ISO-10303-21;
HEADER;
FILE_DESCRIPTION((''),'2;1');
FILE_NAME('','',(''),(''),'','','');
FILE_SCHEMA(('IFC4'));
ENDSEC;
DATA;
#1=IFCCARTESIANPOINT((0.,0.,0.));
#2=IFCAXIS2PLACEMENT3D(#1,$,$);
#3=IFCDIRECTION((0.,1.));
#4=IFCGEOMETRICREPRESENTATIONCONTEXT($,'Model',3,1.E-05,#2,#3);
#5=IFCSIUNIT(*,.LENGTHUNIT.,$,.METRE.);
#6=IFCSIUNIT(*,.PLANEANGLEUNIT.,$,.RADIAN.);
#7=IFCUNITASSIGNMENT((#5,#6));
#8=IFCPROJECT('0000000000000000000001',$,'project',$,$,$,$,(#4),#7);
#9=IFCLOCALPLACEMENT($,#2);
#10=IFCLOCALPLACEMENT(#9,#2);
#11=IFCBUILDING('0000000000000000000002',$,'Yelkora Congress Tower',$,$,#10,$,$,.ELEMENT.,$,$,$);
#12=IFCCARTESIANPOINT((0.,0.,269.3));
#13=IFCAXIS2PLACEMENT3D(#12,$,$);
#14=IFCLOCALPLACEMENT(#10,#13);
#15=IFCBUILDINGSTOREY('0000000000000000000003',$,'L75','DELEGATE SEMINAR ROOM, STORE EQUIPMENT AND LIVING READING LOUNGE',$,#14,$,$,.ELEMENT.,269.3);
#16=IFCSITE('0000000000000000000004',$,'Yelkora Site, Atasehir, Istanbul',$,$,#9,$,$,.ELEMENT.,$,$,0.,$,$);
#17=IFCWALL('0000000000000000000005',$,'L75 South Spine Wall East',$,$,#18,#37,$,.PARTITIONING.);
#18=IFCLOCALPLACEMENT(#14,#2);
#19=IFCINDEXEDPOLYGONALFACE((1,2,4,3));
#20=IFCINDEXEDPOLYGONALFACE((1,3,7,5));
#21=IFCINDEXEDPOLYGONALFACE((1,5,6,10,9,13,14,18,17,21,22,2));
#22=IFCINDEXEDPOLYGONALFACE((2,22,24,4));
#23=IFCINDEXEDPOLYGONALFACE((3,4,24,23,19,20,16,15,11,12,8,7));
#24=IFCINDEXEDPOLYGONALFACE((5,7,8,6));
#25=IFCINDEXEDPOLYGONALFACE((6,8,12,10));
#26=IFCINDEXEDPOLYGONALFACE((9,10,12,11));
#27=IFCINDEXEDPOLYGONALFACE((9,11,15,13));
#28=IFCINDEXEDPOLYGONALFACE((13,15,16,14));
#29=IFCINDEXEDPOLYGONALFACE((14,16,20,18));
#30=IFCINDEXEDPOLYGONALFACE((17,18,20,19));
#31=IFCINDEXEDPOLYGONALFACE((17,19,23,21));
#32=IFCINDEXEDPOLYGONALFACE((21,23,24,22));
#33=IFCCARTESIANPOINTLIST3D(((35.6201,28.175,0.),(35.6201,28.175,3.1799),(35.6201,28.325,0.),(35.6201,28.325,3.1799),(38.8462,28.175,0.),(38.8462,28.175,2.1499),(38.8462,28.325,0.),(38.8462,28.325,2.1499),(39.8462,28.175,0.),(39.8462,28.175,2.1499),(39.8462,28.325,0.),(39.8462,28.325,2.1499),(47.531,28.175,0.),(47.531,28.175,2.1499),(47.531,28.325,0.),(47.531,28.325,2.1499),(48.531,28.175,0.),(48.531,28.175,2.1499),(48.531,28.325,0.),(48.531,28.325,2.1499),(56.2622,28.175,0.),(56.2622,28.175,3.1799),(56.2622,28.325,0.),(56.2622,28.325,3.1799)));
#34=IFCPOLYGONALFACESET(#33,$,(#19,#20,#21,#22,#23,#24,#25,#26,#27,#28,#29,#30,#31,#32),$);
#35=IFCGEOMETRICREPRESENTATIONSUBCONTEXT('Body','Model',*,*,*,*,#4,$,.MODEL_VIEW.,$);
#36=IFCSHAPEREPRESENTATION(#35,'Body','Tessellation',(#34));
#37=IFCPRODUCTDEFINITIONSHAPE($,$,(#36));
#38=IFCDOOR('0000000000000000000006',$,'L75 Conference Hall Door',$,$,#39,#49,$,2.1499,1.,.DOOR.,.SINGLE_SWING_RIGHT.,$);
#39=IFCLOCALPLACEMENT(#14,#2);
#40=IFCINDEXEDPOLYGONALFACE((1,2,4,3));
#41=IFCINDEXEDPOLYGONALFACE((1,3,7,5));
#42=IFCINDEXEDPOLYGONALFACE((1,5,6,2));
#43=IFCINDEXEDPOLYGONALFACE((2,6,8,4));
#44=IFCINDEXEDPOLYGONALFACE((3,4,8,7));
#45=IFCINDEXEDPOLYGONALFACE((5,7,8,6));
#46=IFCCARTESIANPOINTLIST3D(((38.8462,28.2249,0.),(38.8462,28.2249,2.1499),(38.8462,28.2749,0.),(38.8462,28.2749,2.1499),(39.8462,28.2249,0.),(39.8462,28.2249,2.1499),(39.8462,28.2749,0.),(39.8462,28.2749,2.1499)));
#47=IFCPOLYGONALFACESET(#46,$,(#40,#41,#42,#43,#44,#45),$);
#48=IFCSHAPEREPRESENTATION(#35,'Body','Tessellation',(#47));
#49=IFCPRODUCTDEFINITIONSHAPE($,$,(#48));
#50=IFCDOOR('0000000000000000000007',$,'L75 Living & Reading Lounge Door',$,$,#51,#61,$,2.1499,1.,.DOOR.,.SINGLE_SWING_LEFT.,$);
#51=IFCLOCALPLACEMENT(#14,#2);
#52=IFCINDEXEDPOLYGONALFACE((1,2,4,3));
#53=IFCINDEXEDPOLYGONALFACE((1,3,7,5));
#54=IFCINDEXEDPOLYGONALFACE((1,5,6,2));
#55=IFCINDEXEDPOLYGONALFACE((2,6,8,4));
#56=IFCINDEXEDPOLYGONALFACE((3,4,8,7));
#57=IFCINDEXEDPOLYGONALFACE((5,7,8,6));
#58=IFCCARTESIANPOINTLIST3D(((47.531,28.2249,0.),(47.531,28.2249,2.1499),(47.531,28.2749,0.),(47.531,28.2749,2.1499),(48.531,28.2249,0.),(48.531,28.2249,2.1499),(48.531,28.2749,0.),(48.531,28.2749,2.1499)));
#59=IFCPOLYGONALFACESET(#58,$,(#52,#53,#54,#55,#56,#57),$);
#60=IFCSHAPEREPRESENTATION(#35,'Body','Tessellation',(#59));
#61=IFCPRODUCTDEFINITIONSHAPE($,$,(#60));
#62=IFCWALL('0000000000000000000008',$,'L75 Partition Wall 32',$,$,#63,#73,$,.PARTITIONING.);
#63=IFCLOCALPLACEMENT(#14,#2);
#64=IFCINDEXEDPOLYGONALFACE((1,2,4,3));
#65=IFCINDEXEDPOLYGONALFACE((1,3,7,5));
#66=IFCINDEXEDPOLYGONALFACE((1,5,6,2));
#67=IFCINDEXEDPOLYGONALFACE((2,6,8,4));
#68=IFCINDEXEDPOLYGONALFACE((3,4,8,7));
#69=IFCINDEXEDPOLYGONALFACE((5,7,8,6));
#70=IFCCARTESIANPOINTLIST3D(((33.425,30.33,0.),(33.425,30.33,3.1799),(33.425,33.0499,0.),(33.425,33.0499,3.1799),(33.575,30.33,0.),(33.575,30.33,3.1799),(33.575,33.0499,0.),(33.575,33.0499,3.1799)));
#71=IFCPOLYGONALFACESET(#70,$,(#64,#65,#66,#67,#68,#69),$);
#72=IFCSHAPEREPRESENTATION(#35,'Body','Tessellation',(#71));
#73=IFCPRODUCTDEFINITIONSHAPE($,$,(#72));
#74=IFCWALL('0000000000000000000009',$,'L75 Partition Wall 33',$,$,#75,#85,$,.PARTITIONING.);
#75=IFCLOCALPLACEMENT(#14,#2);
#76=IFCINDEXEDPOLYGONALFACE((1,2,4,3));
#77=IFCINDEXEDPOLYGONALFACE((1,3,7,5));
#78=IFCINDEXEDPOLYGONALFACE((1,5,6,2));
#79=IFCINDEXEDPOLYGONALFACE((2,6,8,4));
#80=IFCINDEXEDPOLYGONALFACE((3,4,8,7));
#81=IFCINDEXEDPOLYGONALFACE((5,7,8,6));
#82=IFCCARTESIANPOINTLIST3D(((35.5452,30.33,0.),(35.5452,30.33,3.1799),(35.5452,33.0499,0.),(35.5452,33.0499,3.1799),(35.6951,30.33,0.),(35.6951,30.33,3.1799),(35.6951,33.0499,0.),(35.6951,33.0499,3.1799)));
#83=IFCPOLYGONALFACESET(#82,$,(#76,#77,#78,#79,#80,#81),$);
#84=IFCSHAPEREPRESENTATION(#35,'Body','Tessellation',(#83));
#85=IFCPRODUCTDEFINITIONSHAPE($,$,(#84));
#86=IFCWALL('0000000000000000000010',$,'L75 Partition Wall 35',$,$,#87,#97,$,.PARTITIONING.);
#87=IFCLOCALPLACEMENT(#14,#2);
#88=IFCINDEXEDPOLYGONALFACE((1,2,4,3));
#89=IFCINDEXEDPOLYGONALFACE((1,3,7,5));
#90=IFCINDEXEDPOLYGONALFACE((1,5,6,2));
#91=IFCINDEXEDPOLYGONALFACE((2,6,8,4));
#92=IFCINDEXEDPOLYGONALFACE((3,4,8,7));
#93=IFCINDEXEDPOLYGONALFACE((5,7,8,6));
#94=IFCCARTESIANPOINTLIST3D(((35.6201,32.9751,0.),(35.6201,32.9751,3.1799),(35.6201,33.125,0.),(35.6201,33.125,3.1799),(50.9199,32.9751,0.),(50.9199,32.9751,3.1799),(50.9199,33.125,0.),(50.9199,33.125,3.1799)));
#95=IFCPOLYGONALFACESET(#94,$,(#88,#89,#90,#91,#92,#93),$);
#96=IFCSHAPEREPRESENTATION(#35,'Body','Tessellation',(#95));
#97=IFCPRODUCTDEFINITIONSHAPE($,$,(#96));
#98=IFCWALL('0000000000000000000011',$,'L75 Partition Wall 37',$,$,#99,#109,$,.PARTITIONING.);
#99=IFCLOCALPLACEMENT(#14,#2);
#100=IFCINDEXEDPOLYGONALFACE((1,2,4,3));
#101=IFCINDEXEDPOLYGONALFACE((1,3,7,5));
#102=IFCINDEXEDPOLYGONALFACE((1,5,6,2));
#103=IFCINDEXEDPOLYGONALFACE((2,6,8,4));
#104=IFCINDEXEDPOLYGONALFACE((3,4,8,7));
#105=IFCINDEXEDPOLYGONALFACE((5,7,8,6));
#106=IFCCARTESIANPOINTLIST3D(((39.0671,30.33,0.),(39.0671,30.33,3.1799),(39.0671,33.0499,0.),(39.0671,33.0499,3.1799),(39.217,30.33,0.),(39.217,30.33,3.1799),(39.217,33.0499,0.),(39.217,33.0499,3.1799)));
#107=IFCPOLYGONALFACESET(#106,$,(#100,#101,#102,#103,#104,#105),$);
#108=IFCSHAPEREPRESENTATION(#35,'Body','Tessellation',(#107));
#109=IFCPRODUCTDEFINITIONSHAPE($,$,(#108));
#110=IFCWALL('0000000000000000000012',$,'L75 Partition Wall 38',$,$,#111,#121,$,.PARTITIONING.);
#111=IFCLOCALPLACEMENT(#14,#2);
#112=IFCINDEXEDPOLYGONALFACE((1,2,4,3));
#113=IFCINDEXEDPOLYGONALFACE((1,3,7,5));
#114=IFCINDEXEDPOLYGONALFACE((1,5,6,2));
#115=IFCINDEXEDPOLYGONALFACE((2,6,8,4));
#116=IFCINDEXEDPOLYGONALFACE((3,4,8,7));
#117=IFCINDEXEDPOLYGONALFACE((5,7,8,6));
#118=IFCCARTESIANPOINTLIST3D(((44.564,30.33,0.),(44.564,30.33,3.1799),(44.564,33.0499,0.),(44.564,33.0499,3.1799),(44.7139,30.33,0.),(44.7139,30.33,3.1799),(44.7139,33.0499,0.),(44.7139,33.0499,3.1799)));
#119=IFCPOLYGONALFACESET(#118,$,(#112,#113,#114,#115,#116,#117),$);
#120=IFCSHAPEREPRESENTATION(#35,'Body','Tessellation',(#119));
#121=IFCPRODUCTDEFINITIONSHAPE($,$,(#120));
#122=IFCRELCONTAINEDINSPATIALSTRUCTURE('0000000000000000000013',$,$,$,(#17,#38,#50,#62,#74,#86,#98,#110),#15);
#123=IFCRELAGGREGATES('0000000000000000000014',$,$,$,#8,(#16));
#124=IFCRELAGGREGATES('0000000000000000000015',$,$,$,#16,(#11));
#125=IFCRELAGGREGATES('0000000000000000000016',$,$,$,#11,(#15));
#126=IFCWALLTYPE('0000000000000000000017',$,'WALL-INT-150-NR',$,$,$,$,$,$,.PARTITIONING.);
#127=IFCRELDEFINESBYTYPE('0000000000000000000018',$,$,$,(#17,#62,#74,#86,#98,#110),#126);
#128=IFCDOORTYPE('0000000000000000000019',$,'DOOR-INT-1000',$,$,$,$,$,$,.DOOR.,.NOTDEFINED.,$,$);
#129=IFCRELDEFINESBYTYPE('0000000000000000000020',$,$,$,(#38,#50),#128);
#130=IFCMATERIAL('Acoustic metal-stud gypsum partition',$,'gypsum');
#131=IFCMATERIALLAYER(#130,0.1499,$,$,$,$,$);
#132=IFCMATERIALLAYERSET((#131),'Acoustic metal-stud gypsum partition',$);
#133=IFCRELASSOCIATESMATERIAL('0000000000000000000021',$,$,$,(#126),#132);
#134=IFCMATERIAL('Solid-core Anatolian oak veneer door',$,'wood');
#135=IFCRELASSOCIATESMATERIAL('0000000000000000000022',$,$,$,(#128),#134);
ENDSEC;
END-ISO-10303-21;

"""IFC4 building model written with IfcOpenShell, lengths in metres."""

from ifc_helpers import new_model, si_unit, direction, frame, frame_2d, origin, place, context, subcontext, project, spatial, rectangle, extrude, material, layer, layer_set, type_object, element, fill, save


model = new_model("IFC4")

# Units and contexts
model_context = context("Model", 3, precision=1e-05, world=origin(), true_north=direction((0.0, 1.0)))
body_context = subcontext(model_context, "Body", "Model", "MODEL_VIEW")
ifc_project = project(units=[si_unit("LENGTHUNIT", "METRE"), si_unit("PLANEANGLEUNIT", "RADIAN")], contexts=[model_context])

# Site, building, storey
site_placement = place(None, origin())
site = spatial("IfcSite", under=ifc_project, at=site_placement, Name="Yelkora Site, Atasehir, Istanbul", CompositionType="ELEMENT", RefElevation=0.0)
building_placement = place(site_placement, origin())
building = spatial("IfcBuilding", under=site, at=building_placement, Name="Yelkora Congress Tower", CompositionType="ELEMENT")
storey_placement = place(building_placement, frame((0.0, 0.0, 269.3)))
storey = spatial("IfcBuildingStorey", under=building, at=storey_placement, Name="L75", Description="DELEGATE SEMINAR ROOM, STORE EQUIPMENT AND LIVING READING LOUNGE", CompositionType="ELEMENT", Elevation=269.3)

# Wall, openings, doors
ifc_material_1 = material(Name="Acoustic metal-stud gypsum partition", Category="gypsum")
ifc_layer_1 = layer(ifc_material_1, 0.1499)
ifc_layer_set_1 = layer_set([ifc_layer_1], Name="Acoustic metal-stud gypsum partition")
wall_type_1 = type_object("IfcWallType", Name="WALL-INT-150-NR", PredefinedType="PARTITIONING", material=ifc_layer_set_1)
wall_1_placement = place(storey_placement, frame((35.6201, 28.25, 0.0), z_axis=(0.0, 0.0, 1.0), x_axis=(1.0, 0.0, 0.0)))
wall_1 = element("IfcWall", 1, at=wall_1_placement, inside=storey, type_object=wall_type_1, Name="L75 South Spine Wall East", PredefinedType="PARTITIONING", context=body_context, shape_type="SweptSolid", body=[
    extrude(rectangle(XDim=20.6421, YDim=0.1499, at=frame_2d((10.321, 0.0))), origin(), (0.0, 0.0, 1.0), 3.1799),
])
opening_1_placement = place(wall_1_placement, frame((3.2261, 0.0, 0.0)))
opening_1 = element("IfcOpeningElement", 2, at=opening_1_placement, cuts=wall_1, PredefinedType="OPENING", context=body_context, shape_type="SweptSolid", body=[
    extrude(rectangle(XDim=1.0, YDim=2.1499, at=frame_2d((0.5, 1.075))), frame((0.0, 0.085, 0.0), z_axis=(0.0, -1.0, 0.0), x_axis=(1.0, 0.0, 0.0)), (0.0, 0.0, 1.0), 0.1699),
])
opening_2_placement = place(wall_1_placement, frame((11.9109, 0.0, 0.0)))
opening_2 = element("IfcOpeningElement", 3, at=opening_2_placement, cuts=wall_1, PredefinedType="OPENING", context=body_context, shape_type="SweptSolid", body=[
    extrude(rectangle(XDim=1.0, YDim=2.1499, at=frame_2d((0.5, 1.075))), frame((0.0, 0.085, 0.0), z_axis=(0.0, -1.0, 0.0), x_axis=(1.0, 0.0, 0.0)), (0.0, 0.0, 1.0), 0.1699),
])
ifc_material_2 = material(Name="Solid-core Anatolian oak veneer door", Category="wood")
door_type_1 = type_object("IfcDoorType", Name="DOOR-INT-1000", OperationType="NOTDEFINED", PredefinedType="DOOR", material=ifc_material_2)
door_1_placement = place(opening_1_placement, origin())
door_1 = element("IfcDoor", 4, at=door_1_placement, inside=storey, type_object=door_type_1, Name="L75 Conference Hall Door", OperationType="SINGLE_SWING_RIGHT", OverallHeight=2.1499, OverallWidth=1.0, PredefinedType="DOOR", context=body_context, shape_type="SweptSolid", body=[
    extrude(rectangle(XDim=1.0, YDim=2.1499, at=frame_2d((0.5, 1.075))), frame((0.0, 0.0249, 0.0), z_axis=(0.0, -1.0, 0.0), x_axis=(1.0, 0.0, 0.0)), (0.0, 0.0, 1.0), 0.05),
])
fill(opening_1, door_1)
door_2_placement = place(opening_2_placement, origin())
door_2 = element("IfcDoor", 5, at=door_2_placement, inside=storey, type_object=door_type_1, Name="L75 Living & Reading Lounge Door", OperationType="SINGLE_SWING_LEFT", OverallHeight=2.1499, OverallWidth=1.0, PredefinedType="DOOR", context=body_context, shape_type="SweptSolid", body=[
    extrude(rectangle(XDim=1.0, YDim=2.1499, at=frame_2d((0.5, 1.075))), frame((0.0, 0.0249, 0.0), z_axis=(0.0, -1.0, 0.0), x_axis=(1.0, 0.0, 0.0)), (0.0, 0.0, 1.0), 0.05),
])
fill(opening_2, door_2)

# Walls
for number, where, z_axis, x_axis, name in (
    (6, (33.5, 30.3301, 0.0), (0.0, 0.0, 1.0), (0.0, 1.0, 0.0), "L75 Partition Wall 32"),
    (7, (35.6201, 30.3301, 0.0), (0.0, 0.0, 1.0), (0.0, 1.0, 0.0), "L75 Partition Wall 33"),
):
    element("IfcWall", number, at=place(storey_placement, frame(where, z_axis=z_axis, x_axis=x_axis)), inside=storey, type_object=wall_type_1, Name=name, PredefinedType="PARTITIONING", context=body_context, shape_type="SweptSolid", body=[
        extrude(rectangle(XDim=2.72, YDim=0.1499, at=frame_2d((1.3599, 0.0))), origin(), (0.0, 0.0, 1.0), 3.1799),
    ])
wall_2_placement = place(storey_placement, frame((35.6201, 33.05, 0.0), z_axis=(0.0, 0.0, 1.0), x_axis=(1.0, 0.0, 0.0)))
element("IfcWall", 8, at=wall_2_placement, inside=storey, type_object=wall_type_1, Name="L75 Partition Wall 35", PredefinedType="PARTITIONING", context=body_context, shape_type="SweptSolid", body=[
    extrude(rectangle(XDim=15.2998, YDim=0.1499, at=frame_2d((7.6499, 0.0))), origin(), (0.0, 0.0, 1.0), 3.1799),
])
for number, where, z_axis, x_axis, name in (
    (9, (39.1421, 30.3301, 0.0), (0.0, 0.0, 1.0), (0.0, 1.0, 0.0), "L75 Partition Wall 37"),
    (10, (44.6389, 30.3301, 0.0), (0.0, 0.0, 1.0), (0.0, 1.0, 0.0), "L75 Partition Wall 38"),
):
    element("IfcWall", number, at=place(storey_placement, frame(where, z_axis=z_axis, x_axis=x_axis)), inside=storey, type_object=wall_type_1, Name=name, PredefinedType="PARTITIONING", context=body_context, shape_type="SweptSolid", body=[
        extrude(rectangle(XDim=2.72, YDim=0.1499, at=frame_2d((1.3599, 0.0))), origin(), (0.0, 0.0, 1.0), 3.1799),
    ])

save(model, "model.ifc")
